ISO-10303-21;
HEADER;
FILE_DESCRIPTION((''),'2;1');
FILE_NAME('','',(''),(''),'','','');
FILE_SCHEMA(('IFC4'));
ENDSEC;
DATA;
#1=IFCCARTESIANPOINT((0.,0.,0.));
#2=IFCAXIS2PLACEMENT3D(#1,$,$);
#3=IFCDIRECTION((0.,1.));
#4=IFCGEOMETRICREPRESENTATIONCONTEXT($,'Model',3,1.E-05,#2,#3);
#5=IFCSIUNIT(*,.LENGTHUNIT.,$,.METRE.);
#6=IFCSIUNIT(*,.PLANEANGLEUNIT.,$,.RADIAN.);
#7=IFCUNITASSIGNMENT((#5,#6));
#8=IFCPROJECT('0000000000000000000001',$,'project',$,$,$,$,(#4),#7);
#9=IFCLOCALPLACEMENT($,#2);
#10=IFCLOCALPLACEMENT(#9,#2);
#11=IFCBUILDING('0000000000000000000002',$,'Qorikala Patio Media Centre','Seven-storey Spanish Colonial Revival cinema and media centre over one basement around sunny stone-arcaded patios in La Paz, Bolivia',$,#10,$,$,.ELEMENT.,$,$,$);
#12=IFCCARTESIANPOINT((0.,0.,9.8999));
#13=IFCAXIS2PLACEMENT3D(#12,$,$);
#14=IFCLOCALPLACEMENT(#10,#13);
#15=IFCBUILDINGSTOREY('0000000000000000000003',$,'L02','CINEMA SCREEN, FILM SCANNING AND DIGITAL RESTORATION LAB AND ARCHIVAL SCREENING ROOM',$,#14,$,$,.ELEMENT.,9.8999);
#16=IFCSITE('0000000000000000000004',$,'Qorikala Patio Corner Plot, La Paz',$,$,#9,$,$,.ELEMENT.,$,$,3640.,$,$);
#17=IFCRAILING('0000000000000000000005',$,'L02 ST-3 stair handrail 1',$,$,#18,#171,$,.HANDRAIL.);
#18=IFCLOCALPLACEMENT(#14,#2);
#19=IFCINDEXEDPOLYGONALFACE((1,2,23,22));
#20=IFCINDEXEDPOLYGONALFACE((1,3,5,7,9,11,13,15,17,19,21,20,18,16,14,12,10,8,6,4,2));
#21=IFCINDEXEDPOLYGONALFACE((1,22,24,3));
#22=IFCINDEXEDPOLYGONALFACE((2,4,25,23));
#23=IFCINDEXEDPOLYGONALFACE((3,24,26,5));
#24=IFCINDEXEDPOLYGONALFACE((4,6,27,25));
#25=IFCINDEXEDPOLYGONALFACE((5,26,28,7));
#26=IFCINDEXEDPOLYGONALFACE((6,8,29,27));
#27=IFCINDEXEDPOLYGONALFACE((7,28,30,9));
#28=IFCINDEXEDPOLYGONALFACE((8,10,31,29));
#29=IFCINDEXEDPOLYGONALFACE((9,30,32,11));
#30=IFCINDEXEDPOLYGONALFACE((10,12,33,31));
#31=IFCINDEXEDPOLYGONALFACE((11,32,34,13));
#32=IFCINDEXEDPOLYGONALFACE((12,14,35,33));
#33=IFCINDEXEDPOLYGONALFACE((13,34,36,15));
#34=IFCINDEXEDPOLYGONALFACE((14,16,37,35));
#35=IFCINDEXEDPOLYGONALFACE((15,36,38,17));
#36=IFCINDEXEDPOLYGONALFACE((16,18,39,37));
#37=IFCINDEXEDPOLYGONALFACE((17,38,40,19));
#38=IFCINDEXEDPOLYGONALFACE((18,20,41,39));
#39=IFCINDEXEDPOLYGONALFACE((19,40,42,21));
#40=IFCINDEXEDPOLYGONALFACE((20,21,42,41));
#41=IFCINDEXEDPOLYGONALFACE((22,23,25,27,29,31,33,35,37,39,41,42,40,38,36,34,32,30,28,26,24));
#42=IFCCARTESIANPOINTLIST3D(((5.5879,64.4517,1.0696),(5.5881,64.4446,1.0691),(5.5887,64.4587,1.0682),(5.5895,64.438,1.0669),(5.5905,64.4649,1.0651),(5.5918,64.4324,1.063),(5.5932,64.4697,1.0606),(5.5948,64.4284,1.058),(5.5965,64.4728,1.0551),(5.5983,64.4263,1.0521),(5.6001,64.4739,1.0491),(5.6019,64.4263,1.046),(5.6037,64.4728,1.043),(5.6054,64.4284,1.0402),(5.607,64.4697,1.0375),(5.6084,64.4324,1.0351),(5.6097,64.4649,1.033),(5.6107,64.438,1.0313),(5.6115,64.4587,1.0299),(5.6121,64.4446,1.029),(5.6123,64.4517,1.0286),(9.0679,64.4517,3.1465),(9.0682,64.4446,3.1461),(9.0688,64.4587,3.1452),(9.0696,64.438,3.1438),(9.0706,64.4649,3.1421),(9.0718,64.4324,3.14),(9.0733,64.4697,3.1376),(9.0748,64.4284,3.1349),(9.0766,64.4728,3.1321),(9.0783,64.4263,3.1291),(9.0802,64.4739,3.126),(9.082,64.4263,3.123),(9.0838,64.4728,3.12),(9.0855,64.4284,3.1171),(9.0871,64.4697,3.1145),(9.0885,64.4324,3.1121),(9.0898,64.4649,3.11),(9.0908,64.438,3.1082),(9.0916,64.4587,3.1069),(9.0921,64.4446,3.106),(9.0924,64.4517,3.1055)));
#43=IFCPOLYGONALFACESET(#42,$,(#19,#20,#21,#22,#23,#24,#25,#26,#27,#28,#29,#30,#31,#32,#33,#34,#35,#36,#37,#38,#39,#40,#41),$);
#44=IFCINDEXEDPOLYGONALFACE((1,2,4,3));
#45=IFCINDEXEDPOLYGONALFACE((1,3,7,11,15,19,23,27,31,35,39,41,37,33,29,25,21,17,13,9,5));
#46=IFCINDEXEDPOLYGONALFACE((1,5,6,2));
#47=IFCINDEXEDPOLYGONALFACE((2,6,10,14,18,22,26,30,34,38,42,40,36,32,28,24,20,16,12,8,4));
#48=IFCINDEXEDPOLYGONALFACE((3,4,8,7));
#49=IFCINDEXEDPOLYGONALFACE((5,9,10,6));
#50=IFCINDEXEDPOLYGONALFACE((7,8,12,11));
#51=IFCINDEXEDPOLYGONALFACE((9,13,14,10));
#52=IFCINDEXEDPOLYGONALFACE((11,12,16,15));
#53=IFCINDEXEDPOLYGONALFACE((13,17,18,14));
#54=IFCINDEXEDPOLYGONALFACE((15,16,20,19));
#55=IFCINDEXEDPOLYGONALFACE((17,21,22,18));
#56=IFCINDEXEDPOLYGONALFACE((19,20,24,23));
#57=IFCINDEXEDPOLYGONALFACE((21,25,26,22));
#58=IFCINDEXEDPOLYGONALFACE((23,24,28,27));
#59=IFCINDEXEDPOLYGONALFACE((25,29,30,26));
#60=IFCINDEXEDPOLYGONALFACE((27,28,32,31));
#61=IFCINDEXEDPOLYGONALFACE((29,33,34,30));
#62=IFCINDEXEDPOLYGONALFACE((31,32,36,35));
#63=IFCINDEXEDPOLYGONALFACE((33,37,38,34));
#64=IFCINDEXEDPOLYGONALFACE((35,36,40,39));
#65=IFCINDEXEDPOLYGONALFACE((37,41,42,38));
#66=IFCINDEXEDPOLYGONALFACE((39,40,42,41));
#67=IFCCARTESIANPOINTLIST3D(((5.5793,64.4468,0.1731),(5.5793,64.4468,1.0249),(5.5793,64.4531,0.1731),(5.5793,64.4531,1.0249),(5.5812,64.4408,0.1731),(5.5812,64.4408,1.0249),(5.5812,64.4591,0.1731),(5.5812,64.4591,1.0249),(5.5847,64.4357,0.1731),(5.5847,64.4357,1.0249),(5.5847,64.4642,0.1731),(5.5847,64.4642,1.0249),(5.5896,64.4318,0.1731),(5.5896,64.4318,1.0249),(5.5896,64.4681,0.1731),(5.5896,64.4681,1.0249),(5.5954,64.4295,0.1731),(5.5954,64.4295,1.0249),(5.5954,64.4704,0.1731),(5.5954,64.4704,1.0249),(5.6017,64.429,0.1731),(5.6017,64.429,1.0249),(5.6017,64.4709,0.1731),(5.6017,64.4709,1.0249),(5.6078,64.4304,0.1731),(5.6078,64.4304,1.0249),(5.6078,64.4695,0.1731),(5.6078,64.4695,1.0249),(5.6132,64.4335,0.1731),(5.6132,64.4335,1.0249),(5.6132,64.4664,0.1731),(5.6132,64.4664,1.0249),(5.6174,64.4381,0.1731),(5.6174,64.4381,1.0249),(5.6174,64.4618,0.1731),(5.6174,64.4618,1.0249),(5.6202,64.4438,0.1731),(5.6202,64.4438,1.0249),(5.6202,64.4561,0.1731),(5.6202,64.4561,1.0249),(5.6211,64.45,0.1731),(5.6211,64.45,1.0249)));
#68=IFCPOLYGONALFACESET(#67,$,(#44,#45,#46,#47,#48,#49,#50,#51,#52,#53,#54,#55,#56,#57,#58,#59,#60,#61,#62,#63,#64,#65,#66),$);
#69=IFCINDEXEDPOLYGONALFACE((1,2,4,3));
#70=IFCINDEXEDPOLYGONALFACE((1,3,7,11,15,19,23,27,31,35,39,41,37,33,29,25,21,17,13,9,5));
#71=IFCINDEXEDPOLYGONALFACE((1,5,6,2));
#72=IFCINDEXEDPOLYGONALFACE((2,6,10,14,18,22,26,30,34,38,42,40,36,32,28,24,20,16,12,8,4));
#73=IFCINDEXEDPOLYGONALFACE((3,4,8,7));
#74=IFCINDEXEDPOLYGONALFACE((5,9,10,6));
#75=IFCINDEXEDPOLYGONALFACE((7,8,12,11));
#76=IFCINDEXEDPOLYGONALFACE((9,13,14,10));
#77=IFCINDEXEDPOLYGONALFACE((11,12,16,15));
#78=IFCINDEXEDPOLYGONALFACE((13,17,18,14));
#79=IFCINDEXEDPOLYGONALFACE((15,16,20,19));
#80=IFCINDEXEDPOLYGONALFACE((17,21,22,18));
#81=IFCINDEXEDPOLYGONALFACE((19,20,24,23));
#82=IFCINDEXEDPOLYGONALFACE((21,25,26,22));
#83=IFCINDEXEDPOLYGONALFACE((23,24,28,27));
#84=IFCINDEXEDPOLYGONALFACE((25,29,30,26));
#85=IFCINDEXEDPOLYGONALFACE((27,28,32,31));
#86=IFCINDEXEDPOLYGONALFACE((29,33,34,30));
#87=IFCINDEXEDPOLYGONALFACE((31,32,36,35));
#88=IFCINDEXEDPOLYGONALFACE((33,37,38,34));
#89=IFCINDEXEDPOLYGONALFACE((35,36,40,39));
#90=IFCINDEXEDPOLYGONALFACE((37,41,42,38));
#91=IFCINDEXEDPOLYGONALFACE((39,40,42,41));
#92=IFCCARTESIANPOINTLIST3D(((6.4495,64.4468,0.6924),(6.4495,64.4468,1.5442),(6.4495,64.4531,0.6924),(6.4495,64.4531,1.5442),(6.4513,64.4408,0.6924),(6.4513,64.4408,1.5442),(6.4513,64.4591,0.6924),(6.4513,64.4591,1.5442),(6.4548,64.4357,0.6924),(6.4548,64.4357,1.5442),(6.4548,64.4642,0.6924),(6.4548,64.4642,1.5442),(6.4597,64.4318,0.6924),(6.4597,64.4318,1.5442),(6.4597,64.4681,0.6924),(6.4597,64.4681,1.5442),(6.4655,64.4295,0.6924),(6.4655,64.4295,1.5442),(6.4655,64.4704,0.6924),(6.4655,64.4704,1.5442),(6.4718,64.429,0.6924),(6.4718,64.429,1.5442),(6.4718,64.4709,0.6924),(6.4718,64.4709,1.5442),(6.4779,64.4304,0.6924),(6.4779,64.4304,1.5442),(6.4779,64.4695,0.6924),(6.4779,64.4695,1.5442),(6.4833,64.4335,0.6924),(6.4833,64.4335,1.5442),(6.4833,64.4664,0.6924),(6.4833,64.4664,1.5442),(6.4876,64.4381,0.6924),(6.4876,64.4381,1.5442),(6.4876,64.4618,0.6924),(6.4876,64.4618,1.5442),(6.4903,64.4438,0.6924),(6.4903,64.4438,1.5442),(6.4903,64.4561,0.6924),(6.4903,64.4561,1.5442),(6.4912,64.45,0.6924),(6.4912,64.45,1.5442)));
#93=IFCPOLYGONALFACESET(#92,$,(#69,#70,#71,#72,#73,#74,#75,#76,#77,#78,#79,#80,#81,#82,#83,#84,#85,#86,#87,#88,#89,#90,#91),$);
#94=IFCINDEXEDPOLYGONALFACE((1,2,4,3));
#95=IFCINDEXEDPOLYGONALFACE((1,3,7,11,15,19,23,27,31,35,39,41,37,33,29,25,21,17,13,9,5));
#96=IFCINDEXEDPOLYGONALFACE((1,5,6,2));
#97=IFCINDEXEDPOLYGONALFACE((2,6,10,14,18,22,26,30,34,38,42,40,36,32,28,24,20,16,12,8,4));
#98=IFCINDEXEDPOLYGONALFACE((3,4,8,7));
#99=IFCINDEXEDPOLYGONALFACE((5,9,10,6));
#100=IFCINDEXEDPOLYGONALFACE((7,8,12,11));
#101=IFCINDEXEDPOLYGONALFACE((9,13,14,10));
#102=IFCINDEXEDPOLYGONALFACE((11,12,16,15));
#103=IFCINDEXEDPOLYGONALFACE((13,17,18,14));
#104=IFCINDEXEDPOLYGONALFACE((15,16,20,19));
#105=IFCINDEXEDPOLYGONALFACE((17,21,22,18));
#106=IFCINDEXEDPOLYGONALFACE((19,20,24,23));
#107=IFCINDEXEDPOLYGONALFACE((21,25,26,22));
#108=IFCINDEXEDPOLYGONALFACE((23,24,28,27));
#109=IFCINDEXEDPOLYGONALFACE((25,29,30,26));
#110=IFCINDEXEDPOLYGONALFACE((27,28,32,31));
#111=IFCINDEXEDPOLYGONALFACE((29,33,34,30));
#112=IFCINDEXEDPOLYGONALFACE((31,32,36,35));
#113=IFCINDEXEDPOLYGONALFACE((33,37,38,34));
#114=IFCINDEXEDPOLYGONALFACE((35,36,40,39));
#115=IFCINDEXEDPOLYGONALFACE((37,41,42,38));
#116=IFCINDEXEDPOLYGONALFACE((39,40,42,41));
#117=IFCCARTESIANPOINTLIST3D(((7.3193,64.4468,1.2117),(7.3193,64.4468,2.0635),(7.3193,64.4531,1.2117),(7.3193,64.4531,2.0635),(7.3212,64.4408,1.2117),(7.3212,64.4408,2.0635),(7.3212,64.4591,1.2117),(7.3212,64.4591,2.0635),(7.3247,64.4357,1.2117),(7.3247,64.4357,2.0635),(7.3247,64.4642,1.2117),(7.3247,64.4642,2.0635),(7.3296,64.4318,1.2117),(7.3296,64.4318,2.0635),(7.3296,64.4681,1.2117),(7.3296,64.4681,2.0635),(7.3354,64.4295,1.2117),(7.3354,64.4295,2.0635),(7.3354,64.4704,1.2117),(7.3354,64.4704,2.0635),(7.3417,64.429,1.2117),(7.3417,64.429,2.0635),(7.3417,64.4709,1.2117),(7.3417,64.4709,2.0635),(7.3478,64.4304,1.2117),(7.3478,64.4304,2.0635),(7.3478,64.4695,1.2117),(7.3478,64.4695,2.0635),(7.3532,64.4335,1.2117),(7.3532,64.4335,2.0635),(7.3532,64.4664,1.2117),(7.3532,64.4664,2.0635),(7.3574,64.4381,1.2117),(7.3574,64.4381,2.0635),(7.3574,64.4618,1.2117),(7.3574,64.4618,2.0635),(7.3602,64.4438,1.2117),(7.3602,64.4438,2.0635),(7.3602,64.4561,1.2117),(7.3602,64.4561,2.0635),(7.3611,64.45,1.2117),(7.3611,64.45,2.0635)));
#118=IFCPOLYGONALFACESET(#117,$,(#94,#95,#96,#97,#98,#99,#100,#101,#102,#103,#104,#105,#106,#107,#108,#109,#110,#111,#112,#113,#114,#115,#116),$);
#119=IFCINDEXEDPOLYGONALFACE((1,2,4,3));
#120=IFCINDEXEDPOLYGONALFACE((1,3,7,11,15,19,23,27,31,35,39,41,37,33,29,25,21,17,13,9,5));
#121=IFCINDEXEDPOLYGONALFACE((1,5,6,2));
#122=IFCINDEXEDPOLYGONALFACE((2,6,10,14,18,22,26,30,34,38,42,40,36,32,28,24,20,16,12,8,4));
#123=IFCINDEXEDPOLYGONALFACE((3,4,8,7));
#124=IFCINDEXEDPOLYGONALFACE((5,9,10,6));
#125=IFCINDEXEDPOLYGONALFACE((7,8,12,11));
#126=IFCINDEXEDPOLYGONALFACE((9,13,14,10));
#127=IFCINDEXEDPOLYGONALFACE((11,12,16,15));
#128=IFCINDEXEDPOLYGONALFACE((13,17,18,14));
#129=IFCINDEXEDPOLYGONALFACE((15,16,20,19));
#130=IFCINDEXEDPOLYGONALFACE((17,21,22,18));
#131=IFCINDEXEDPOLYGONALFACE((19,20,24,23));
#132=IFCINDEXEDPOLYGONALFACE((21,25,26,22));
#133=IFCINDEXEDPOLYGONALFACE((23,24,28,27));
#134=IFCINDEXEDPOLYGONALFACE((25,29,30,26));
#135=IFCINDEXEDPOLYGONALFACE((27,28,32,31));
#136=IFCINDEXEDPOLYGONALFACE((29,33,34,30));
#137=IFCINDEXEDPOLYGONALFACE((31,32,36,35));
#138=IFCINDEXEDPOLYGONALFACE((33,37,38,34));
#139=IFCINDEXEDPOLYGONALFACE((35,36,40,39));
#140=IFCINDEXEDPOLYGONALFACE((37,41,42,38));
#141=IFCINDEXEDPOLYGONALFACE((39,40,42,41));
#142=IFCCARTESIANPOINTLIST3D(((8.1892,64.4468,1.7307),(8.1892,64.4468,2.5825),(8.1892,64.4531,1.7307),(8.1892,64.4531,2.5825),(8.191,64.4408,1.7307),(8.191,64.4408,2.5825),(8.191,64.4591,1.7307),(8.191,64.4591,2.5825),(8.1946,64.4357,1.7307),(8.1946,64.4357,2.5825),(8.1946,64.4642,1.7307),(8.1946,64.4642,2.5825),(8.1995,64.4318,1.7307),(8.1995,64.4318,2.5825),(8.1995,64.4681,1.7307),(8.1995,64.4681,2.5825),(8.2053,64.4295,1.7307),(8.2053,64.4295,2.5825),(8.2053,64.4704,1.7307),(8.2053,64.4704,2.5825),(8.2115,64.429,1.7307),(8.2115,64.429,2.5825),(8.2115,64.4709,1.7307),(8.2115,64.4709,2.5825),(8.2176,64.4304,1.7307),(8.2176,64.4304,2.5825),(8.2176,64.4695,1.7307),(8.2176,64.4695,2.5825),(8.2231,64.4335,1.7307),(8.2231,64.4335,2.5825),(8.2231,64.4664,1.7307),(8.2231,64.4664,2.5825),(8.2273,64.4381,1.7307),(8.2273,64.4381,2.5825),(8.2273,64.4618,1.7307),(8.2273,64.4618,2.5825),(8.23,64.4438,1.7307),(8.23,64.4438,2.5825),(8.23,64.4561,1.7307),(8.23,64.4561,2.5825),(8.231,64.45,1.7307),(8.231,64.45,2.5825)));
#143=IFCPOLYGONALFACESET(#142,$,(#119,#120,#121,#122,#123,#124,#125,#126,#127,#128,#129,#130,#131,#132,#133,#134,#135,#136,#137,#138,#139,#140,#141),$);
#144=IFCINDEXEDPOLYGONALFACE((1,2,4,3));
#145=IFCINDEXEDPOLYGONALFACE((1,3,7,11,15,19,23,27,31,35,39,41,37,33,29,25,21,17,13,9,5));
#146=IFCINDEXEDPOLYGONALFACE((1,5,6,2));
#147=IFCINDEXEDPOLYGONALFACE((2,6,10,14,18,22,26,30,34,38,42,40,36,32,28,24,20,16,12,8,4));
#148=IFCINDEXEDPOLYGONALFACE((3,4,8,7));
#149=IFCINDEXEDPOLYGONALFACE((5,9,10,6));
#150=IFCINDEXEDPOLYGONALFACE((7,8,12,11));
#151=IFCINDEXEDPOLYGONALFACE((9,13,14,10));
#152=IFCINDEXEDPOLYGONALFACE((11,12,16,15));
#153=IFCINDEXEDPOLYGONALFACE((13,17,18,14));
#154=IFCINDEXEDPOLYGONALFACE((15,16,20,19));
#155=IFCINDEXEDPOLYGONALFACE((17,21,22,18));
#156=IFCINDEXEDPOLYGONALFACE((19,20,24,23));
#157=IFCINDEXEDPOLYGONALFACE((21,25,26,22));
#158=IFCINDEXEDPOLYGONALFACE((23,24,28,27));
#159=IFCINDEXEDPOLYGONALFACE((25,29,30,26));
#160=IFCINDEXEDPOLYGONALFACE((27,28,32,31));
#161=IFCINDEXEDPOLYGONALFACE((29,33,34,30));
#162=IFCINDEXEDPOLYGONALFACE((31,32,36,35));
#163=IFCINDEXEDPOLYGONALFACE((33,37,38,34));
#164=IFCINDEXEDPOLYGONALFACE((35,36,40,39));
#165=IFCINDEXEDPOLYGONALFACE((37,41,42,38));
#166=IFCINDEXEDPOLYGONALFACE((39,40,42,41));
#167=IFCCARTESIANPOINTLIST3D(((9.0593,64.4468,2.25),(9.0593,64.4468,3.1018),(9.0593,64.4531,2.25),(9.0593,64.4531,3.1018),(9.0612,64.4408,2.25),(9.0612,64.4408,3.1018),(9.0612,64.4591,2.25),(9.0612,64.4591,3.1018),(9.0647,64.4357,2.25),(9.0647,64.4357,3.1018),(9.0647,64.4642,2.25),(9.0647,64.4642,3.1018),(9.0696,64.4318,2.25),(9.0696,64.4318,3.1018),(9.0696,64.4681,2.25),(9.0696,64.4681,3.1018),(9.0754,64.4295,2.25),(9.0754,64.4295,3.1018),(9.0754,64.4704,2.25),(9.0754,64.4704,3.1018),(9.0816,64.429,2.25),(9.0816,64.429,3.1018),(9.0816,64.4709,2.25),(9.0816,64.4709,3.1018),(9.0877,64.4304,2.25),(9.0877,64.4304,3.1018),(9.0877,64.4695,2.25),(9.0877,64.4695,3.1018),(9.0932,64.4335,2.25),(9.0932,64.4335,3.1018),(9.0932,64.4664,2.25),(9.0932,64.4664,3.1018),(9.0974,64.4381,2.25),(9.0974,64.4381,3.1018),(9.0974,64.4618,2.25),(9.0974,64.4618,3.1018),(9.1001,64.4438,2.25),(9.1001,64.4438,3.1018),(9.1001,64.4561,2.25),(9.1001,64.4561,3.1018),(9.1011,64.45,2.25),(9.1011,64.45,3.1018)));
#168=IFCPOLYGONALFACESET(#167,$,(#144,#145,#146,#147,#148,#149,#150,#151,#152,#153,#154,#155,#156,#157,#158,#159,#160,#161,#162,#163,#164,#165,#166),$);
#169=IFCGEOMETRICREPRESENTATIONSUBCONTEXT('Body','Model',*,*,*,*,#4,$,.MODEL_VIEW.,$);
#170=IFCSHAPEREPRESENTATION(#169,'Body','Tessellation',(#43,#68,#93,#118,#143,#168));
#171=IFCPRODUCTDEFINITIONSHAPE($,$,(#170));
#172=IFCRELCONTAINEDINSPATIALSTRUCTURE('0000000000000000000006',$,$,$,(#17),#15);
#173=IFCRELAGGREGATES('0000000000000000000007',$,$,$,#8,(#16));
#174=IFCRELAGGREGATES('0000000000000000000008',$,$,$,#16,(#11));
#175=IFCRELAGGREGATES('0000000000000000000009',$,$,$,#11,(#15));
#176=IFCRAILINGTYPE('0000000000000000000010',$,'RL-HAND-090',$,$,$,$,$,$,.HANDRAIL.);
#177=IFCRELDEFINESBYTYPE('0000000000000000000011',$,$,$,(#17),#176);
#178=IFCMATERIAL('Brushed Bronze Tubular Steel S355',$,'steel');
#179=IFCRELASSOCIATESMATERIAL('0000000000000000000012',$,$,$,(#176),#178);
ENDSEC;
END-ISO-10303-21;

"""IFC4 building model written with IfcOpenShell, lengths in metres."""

from ifc_helpers import new_model, si_unit, direction, frame, origin, origin_2d, place, context, subcontext, project, spatial, circle, extrude, material, type_object, element, save


model = new_model("IFC4")

# Units and contexts
model_context = context("Model", 3, precision=1e-05, world=origin(), true_north=direction((0.0, 1.0)))
body_context = subcontext(model_context, "Body", "Model", "MODEL_VIEW")
ifc_project = project(units=[si_unit("LENGTHUNIT", "METRE"), si_unit("PLANEANGLEUNIT", "RADIAN")], contexts=[model_context])

# Site, building, storey
site_placement = place(None, origin())
site = spatial("IfcSite", under=ifc_project, at=site_placement, Name="Qorikala Patio Corner Plot, La Paz", CompositionType="ELEMENT", RefElevation=3640.0)
building_placement = place(site_placement, origin())
building = spatial("IfcBuilding", under=site, at=building_placement, Name="Qorikala Patio Media Centre", Description="Seven-storey Spanish Colonial Revival cinema and media centre over one basement around sunny stone-arcaded patios in La Paz, Bolivia", CompositionType="ELEMENT")
storey_placement = place(building_placement, frame((0.0, 0.0, 9.8999)))
storey = spatial("IfcBuildingStorey", under=building, at=storey_placement, Name="L02", Description="CINEMA SCREEN, FILM SCANNING AND DIGITAL RESTORATION LAB AND ARCHIVAL SCREENING ROOM", CompositionType="ELEMENT", Elevation=9.8999)

# Railing
ifc_material_1 = material(Name="Brushed Bronze Tubular Steel S355", Category="steel")
railing_type_1 = type_object("IfcRailingType", Name="RL-HAND-090", PredefinedType="HANDRAIL", material=ifc_material_1)
railing_1_placement = place(storey_placement, frame((5.6001, 64.45, 0.1731)))
element("IfcRailing", 1, at=railing_1_placement, inside=storey, type_object=railing_type_1, Name="L02 ST-3 stair handrail 1", PredefinedType="HANDRAIL", context=body_context, shape_type="SweptSolid", body=[
    extrude(circle(Radius=0.0239, at=origin_2d()), frame((0.0, 0.0, 0.876), z_axis=(0.858697, 0.0, 0.512483), x_axis=(0.0, 1.0, 0.0)), (0.0, 0.0, 1.0), 4.0527),
    extrude(circle(Radius=0.021, at=origin_2d()), origin(), (0.0, 0.0, 1.0), 0.8518),
    extrude(circle(Radius=0.021, at=origin_2d()), frame((0.8701, 0.0, 0.5193)), (0.0, 0.0, 1.0), 0.8518),
    extrude(circle(Radius=0.021, at=origin_2d()), frame((1.74, 0.0, 1.0386)), (0.0, 0.0, 1.0), 0.8518),
    extrude(circle(Radius=0.021, at=origin_2d()), frame((2.6099, 0.0, 1.5576)), (0.0, 0.0, 1.0), 0.8518),
    extrude(circle(Radius=0.021, at=origin_2d()), frame((3.48, 0.0, 2.0769)), (0.0, 0.0, 1.0), 0.8518),
])

save(model, "model.ifc")
